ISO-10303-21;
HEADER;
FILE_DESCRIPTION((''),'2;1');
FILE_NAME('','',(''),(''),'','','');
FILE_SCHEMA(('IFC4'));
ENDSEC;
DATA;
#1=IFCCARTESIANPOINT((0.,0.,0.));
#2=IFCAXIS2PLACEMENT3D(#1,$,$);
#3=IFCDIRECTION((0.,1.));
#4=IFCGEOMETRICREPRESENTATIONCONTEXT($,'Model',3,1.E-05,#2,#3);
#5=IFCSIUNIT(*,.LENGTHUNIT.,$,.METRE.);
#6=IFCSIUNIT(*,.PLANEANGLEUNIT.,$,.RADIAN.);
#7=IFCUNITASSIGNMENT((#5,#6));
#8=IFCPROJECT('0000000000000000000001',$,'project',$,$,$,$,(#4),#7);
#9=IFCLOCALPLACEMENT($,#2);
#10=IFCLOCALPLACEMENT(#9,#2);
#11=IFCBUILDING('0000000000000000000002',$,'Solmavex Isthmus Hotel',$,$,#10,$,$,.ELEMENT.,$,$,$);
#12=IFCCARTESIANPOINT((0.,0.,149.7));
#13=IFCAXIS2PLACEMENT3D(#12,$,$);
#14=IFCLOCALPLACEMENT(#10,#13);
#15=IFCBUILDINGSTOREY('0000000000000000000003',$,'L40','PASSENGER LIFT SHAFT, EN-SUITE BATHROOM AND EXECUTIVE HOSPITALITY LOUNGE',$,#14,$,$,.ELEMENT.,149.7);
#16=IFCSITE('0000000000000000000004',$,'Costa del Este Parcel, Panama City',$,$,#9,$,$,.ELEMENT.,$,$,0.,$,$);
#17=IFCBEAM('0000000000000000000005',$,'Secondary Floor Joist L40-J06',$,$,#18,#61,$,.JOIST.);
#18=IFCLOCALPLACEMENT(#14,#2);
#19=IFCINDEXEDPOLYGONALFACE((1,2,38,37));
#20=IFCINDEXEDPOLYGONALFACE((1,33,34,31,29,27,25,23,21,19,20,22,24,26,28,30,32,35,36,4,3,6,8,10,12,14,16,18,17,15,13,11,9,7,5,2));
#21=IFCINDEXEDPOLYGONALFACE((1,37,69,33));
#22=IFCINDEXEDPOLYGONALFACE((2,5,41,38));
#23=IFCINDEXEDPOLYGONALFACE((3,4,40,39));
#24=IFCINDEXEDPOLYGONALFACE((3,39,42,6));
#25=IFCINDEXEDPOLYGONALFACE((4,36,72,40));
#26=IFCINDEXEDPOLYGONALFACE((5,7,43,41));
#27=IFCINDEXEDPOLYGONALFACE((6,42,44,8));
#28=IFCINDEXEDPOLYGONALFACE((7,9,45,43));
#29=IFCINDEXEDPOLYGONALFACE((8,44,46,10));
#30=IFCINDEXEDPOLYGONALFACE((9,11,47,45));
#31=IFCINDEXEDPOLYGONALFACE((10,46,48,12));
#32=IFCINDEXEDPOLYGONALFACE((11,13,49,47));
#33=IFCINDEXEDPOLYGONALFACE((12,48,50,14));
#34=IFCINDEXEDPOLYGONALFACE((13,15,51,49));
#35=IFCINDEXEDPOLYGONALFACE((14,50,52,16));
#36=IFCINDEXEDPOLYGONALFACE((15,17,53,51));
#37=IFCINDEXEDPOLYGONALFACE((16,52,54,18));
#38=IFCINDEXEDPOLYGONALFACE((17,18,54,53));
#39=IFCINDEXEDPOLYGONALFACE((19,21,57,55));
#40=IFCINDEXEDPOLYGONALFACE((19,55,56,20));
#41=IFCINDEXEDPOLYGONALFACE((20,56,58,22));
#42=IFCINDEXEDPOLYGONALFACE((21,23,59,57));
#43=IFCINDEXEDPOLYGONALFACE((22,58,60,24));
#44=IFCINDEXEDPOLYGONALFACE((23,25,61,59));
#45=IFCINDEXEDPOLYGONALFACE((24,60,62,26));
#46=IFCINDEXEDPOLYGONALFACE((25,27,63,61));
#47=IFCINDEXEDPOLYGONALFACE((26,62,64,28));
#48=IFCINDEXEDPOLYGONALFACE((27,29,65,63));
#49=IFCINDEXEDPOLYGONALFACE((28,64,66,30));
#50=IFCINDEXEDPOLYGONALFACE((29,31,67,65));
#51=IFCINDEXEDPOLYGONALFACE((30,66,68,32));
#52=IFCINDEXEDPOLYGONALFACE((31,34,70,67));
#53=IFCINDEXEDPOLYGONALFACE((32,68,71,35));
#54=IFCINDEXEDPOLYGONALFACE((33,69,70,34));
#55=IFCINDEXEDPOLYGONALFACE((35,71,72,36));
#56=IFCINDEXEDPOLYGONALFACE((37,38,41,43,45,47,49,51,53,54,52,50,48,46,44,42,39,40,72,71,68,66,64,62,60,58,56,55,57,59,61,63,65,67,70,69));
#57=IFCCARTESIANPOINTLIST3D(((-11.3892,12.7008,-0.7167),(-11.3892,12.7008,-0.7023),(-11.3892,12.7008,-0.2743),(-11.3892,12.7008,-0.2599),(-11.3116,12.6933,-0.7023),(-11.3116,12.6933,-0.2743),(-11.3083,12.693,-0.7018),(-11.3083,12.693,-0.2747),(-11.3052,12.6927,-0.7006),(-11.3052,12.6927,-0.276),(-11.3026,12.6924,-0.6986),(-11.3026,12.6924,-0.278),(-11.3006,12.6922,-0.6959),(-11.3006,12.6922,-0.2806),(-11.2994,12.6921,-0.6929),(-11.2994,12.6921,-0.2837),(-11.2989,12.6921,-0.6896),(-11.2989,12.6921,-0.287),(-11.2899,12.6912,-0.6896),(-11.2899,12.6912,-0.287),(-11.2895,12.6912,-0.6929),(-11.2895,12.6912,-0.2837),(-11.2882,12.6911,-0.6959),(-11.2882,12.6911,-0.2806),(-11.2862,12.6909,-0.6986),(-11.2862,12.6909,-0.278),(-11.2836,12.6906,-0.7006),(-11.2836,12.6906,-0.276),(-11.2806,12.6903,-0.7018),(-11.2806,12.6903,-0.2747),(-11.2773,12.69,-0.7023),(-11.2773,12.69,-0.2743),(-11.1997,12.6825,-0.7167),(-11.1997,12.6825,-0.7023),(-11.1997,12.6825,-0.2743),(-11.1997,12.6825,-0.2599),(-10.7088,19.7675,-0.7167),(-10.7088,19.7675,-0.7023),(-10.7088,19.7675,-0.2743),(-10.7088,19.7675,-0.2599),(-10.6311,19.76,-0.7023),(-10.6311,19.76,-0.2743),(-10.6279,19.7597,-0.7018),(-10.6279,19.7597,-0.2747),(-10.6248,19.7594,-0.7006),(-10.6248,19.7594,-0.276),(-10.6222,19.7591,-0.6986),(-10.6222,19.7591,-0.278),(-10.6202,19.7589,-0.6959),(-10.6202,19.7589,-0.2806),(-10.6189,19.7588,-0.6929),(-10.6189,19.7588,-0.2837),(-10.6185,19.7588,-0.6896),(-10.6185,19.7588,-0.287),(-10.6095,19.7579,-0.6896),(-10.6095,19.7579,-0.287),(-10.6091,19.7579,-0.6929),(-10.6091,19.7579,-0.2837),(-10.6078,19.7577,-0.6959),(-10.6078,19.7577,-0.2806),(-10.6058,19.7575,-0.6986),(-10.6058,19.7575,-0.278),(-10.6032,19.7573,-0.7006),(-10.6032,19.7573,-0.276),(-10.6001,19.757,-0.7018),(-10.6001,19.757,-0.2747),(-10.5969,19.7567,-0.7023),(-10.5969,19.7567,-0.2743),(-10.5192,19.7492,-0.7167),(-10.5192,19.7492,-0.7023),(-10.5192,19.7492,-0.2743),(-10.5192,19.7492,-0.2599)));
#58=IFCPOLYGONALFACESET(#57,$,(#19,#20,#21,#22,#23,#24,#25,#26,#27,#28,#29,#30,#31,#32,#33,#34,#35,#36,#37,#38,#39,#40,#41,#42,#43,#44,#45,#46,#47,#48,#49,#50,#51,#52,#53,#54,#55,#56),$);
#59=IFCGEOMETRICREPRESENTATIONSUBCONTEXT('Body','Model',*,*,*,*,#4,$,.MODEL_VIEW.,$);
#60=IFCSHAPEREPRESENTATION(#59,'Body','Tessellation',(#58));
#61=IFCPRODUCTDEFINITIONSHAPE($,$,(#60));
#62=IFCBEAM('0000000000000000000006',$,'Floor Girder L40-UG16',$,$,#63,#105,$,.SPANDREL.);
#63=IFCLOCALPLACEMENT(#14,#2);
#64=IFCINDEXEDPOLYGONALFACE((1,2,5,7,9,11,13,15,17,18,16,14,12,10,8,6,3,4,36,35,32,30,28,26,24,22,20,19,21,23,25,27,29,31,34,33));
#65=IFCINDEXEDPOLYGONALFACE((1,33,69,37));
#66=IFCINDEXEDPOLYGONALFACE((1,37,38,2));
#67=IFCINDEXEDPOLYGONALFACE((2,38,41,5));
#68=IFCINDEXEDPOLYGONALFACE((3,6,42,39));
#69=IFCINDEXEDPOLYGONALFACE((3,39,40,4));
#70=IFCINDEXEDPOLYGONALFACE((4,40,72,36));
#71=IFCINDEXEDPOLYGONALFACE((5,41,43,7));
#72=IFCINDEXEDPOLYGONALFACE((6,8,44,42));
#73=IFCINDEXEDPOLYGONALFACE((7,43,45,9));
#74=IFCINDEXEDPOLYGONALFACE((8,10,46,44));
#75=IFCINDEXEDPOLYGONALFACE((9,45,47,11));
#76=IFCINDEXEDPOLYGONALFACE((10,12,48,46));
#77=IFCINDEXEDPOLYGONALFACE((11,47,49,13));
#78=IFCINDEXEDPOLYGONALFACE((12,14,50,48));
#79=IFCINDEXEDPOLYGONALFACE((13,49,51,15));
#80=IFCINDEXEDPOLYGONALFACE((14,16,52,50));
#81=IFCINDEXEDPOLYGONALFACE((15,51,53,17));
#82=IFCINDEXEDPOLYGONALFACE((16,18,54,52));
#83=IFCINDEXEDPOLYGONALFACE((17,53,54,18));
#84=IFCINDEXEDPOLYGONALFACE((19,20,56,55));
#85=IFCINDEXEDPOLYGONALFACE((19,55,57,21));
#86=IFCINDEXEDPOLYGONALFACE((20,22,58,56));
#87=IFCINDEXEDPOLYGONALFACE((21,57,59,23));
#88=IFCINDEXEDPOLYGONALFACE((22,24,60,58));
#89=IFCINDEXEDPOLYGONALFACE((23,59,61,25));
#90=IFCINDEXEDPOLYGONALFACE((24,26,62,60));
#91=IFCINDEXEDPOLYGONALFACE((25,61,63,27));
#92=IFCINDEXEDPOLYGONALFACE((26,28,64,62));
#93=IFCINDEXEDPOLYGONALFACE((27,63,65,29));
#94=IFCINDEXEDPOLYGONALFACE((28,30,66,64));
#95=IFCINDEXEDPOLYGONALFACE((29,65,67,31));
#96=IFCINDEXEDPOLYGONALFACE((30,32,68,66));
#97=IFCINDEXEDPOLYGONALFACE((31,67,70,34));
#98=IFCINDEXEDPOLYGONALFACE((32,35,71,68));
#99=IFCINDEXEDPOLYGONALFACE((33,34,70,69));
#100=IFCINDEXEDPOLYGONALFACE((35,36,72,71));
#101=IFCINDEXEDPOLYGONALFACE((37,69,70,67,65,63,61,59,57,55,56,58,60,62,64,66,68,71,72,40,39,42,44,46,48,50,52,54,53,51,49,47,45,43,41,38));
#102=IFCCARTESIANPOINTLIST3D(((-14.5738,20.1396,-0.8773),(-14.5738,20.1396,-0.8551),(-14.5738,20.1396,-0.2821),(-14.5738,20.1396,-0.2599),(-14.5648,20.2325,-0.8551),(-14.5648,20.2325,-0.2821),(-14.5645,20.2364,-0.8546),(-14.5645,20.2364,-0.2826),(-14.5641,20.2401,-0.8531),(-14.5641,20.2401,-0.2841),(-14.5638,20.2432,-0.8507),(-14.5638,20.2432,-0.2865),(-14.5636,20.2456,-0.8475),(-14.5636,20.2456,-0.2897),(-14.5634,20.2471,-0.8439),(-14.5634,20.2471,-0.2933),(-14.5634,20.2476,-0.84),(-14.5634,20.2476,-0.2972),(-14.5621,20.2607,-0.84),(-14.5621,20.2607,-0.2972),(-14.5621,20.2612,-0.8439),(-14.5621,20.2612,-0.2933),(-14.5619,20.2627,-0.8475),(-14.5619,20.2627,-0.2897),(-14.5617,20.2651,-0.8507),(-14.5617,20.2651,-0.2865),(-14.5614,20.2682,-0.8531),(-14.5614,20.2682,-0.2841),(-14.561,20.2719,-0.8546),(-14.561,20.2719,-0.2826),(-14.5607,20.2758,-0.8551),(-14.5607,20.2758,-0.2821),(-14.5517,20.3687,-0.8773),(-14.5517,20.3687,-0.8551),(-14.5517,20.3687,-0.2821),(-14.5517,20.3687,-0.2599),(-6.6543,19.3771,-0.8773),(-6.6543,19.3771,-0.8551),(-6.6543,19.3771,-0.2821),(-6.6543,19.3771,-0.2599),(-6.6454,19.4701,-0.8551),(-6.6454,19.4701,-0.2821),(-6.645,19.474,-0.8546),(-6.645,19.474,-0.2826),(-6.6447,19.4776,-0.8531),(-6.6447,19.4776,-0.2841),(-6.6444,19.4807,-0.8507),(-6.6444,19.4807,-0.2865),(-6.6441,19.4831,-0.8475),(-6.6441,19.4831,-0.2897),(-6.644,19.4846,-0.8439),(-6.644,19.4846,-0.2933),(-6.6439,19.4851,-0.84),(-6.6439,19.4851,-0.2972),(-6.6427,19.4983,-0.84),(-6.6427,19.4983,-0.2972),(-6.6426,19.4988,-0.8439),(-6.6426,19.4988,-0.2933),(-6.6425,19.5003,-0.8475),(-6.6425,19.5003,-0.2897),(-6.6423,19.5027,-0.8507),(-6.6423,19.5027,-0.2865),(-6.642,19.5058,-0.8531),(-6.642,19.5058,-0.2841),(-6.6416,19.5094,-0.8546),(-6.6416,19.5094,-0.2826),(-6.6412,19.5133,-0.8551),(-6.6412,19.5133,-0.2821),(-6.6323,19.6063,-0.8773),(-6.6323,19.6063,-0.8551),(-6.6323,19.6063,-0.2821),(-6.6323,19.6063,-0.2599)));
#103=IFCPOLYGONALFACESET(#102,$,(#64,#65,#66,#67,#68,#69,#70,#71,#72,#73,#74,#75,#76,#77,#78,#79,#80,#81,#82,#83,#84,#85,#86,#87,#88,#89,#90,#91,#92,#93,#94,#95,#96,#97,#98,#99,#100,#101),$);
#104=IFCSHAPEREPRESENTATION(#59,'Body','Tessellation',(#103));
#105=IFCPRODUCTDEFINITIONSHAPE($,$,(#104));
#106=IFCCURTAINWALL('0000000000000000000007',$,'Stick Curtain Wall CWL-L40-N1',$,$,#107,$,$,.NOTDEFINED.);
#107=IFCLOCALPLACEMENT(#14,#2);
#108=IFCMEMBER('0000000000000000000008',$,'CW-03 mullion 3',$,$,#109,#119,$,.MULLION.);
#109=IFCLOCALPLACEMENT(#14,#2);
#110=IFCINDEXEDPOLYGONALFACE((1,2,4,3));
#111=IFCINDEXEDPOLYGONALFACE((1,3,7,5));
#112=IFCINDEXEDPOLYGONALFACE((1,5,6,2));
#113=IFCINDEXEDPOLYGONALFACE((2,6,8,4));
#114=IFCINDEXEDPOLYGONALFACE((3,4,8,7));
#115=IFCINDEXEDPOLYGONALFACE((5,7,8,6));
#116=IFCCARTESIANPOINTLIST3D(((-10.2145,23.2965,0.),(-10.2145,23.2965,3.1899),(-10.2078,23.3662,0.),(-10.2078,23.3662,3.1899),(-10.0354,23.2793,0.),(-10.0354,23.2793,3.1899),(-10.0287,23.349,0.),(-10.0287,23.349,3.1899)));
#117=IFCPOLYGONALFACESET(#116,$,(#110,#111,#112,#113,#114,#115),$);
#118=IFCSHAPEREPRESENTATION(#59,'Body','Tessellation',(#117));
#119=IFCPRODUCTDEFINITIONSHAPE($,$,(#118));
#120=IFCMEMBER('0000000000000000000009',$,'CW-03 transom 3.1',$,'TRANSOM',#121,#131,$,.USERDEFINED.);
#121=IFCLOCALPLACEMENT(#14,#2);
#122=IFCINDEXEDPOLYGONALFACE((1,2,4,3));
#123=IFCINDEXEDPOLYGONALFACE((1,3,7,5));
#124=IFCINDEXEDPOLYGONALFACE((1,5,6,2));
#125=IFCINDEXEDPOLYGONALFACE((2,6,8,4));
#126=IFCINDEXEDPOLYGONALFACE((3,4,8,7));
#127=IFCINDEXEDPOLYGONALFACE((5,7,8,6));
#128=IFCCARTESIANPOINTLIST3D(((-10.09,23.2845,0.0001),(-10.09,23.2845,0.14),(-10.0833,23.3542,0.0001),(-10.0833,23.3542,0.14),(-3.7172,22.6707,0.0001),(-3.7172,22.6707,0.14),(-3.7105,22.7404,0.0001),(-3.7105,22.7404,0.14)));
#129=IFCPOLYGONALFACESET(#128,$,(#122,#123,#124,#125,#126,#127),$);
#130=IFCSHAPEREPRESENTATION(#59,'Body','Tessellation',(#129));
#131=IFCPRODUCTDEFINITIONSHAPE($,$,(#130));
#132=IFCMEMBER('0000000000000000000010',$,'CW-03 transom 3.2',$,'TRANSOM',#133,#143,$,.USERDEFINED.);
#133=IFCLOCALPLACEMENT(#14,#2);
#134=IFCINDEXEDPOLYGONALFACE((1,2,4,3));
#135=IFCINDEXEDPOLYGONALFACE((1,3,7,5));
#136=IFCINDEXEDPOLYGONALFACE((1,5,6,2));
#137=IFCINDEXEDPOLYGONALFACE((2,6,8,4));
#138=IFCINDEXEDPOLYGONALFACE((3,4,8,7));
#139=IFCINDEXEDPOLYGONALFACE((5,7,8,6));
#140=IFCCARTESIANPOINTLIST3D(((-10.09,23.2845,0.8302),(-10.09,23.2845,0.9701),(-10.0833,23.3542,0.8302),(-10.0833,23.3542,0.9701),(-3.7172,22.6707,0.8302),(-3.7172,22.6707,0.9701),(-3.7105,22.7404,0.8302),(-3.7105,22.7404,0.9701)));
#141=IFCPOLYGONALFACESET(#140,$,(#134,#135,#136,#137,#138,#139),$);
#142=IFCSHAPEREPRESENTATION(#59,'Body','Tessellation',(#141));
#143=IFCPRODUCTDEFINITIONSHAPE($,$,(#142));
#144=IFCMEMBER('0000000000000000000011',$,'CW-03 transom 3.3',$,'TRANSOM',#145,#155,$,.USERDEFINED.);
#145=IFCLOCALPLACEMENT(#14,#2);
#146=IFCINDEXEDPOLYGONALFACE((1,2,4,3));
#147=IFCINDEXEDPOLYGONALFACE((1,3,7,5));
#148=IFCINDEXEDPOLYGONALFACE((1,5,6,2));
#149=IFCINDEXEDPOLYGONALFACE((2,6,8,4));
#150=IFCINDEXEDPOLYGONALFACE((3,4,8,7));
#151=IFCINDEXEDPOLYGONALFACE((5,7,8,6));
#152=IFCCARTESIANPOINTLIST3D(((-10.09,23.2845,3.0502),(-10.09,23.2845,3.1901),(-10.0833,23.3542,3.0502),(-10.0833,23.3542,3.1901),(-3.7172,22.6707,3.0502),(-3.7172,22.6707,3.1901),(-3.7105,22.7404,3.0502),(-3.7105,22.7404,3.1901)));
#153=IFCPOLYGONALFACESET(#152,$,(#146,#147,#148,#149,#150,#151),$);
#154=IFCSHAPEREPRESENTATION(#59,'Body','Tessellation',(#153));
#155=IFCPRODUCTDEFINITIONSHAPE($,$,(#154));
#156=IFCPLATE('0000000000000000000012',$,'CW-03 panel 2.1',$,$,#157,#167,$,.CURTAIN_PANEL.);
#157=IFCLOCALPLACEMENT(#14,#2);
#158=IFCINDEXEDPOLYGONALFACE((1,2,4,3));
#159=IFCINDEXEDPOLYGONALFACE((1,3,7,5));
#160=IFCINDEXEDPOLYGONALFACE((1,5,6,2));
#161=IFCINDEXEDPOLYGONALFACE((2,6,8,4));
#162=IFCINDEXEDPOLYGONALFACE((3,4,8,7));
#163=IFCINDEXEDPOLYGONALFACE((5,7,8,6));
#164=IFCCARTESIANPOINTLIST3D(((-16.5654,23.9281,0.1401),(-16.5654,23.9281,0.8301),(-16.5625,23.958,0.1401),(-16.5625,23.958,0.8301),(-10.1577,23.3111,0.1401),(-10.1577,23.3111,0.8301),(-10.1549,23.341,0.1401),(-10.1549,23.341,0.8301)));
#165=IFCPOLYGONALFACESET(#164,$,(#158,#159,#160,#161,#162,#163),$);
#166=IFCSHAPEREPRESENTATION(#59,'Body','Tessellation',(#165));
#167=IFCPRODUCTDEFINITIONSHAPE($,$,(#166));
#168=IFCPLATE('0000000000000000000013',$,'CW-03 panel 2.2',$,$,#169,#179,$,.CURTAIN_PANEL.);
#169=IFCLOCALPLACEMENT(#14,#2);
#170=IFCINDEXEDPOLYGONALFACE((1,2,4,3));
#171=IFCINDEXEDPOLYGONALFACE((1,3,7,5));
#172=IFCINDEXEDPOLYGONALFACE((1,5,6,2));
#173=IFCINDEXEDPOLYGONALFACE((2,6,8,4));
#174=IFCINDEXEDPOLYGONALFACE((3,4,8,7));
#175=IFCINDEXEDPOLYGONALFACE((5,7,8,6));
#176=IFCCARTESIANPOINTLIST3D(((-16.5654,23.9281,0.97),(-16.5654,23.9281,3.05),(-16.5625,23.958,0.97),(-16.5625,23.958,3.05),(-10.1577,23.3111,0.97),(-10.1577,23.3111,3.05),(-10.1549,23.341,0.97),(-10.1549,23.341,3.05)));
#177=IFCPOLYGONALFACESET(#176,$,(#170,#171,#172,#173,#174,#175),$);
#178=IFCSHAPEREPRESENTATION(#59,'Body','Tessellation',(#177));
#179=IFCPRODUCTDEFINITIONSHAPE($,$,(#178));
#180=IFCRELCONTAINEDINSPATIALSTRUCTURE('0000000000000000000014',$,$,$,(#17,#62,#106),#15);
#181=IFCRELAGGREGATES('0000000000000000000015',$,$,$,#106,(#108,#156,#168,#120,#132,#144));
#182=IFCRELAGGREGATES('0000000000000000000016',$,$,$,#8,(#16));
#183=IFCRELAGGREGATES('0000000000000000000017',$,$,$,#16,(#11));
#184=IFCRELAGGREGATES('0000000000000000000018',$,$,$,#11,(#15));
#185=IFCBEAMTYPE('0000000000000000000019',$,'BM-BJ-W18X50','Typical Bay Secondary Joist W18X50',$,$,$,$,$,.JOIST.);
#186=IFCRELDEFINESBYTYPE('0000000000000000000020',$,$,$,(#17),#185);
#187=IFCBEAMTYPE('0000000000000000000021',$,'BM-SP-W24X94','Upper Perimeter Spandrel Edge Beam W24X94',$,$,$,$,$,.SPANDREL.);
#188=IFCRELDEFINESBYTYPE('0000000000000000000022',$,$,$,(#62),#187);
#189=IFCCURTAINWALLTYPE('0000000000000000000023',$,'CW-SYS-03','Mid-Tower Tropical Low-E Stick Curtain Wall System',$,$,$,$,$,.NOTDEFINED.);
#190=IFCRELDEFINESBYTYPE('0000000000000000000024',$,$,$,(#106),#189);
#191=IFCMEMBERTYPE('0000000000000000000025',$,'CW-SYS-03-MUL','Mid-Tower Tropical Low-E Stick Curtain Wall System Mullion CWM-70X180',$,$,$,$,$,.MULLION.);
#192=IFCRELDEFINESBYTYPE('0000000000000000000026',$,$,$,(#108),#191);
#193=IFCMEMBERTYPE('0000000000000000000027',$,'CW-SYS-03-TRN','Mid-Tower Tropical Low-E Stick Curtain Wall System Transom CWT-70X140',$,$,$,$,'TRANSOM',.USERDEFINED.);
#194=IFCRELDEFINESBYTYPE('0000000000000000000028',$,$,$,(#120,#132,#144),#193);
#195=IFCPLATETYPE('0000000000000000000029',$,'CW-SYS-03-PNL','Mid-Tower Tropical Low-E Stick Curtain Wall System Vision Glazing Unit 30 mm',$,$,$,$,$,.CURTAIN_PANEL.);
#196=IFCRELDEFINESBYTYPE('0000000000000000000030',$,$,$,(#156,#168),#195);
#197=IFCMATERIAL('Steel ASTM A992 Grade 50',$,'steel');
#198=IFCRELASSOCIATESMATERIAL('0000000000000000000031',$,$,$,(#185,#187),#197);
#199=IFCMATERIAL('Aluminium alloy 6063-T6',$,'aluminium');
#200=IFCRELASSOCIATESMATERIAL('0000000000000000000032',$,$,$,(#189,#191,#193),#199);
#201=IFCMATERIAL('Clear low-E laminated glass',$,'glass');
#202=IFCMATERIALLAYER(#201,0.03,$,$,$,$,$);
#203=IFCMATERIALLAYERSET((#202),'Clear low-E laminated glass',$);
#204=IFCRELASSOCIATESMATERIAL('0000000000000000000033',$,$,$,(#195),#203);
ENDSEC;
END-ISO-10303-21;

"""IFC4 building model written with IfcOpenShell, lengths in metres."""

from ifc_helpers import new_model, si_unit, direction, frame, origin, origin_2d, place, context, subcontext, project, spatial, rectangle, i_section, extrude, material, layer, layer_set, material_profile, profile_set, type_object, element, aggregate, save


model = new_model("IFC4")

# Units and contexts
model_context = context("Model", 3, precision=1e-05, world=origin(), true_north=direction((0.0, 1.0)))
body_context = subcontext(model_context, "Body", "Model", "MODEL_VIEW")
ifc_project = project(units=[si_unit("LENGTHUNIT", "METRE"), si_unit("PLANEANGLEUNIT", "RADIAN")], contexts=[model_context])

# Site, building, storey
site_placement = place(None, origin())
site = spatial("IfcSite", under=ifc_project, at=site_placement, Name="Costa del Este Parcel, Panama City", CompositionType="ELEMENT", RefElevation=0.0)
building_placement = place(site_placement, origin())
building = spatial("IfcBuilding", under=site, at=building_placement, Name="Solmavex Isthmus Hotel", CompositionType="ELEMENT")
storey_placement = place(building_placement, frame((0.0, 0.0, 149.7)))
storey = spatial("IfcBuildingStorey", under=building, at=storey_placement, Name="L40", Description="PASSENGER LIFT SHAFT, EN-SUITE BATHROOM AND EXECUTIVE HOSPITALITY LOUNGE", CompositionType="ELEMENT", Elevation=149.7)

# Beams
ifc_material_1 = material(Name="Steel ASTM A992 Grade 50", Category="steel")
ifc_material_profile_1 = material_profile(ifc_material_1, i_section(OverallWidth=0.1904, OverallDepth=0.4568, WebThickness=0.009, FlangeThickness=0.0144, FilletRadius=0.0127, at=origin_2d()), Name="W18X50")
ifc_profile_set_1 = profile_set([ifc_material_profile_1], Name="Steel ASTM A992 Grade 50")
beam_type_1 = type_object("IfcBeamType", Name="BM-BJ-W18X50", Description="Typical Bay Secondary Joist W18X50", PredefinedType="JOIST", material=ifc_profile_set_1)
beam_1_placement = place(storey_placement, frame((-11.2944, 12.6917, -0.4883), z_axis=(0.095843, 0.995396, 0.0), x_axis=(-0.995396, 0.095843, 0.0)))
element("IfcBeam", 1, at=beam_1_placement, inside=storey, type_object=beam_type_1, Name="Secondary Floor Joist L40-J06", PredefinedType="JOIST", context=body_context, shape_type="SweptSolid", body=[
    extrude(i_section(OverallWidth=0.1904, OverallDepth=0.4568, WebThickness=0.009, FlangeThickness=0.0144, FilletRadius=0.0127, at=origin_2d()), origin(), (0.0, 0.0, 1.0), 7.0994),
])
ifc_material_profile_2 = material_profile(ifc_material_1, i_section(OverallWidth=0.2302, OverallDepth=0.6174, WebThickness=0.0132, FlangeThickness=0.0222, FilletRadius=0.0151, at=origin_2d()), Name="W24X94")
ifc_profile_set_2 = profile_set([ifc_material_profile_2], Name="Steel ASTM A992 Grade 50")
beam_type_2 = type_object("IfcBeamType", Name="BM-SP-W24X94", Description="Upper Perimeter Spandrel Edge Beam W24X94", PredefinedType="SPANDREL", material=ifc_profile_set_2)
beam_2_placement = place(storey_placement, frame((-14.5627, 20.2542, -0.5686), z_axis=(0.995397, -0.095833, 0.0), x_axis=(0.095833, 0.995397, 0.0)))
element("IfcBeam", 2, at=beam_2_placement, inside=storey, type_object=beam_type_2, Name="Floor Girder L40-UG16", PredefinedType="SPANDREL", context=body_context, shape_type="SweptSolid", body=[
    extrude(i_section(OverallWidth=0.2302, OverallDepth=0.6174, WebThickness=0.0132, FlangeThickness=0.0222, FilletRadius=0.0151, at=origin_2d()), origin(), (0.0, 0.0, 1.0), 7.9561),
])

# Curtain wall, members, plates
ifc_material_2 = material(Name="Aluminium alloy 6063-T6", Category="aluminium")
curtain_wall_type = type_object("IfcCurtainWallType", Name="CW-SYS-03", Description="Mid-Tower Tropical Low-E Stick Curtain Wall System", PredefinedType="NOTDEFINED", material=ifc_material_2)
curtain_wall_placement = place(storey_placement, origin())
curtain_wall = element("IfcCurtainWall", 3, at=curtain_wall_placement, inside=storey, type_object=curtain_wall_type, Name="Stick Curtain Wall CWL-L40-N1", PredefinedType="NOTDEFINED")
ifc_material_profile_3 = material_profile(ifc_material_2, rectangle(XDim=0.0701, YDim=0.1799, at=origin_2d()), Name="CWM-70X180")
ifc_profile_set_3 = profile_set([ifc_material_profile_3], Name="Aluminium alloy 6063-T6")
member_type_1 = type_object("IfcMemberType", Name="CW-SYS-03-MUL", Description="Mid-Tower Tropical Low-E Stick Curtain Wall System Mullion CWM-70X180", PredefinedType="MULLION", material=ifc_profile_set_3)
member_1_placement = place(storey_placement, frame((-10.1216, 23.3228, 0.0), z_axis=(0.0, 0.0, 1.0), x_axis=(0.095846, 0.995396, 0.0)))
member_1 = element("IfcMember", 4, at=member_1_placement, type_object=member_type_1, Name="CW-03 mullion 3", PredefinedType="MULLION", context=body_context, shape_type="SweptSolid", body=[
    extrude(rectangle(XDim=0.0701, YDim=0.1799, at=origin_2d()), origin(), (0.0, 0.0, 1.0), 3.1899),
])
ifc_material_profile_4 = material_profile(ifc_material_2, rectangle(XDim=0.0701, YDim=0.1399, at=origin_2d()), Name="CWT-70X140")
ifc_profile_set_4 = profile_set([ifc_material_profile_4], Name="Aluminium alloy 6063-T6")
member_type_2 = type_object("IfcMemberType", Name="CW-SYS-03-TRN", Description="Mid-Tower Tropical Low-E Stick Curtain Wall System Transom CWT-70X140", ElementType="TRANSOM", PredefinedType="USERDEFINED", material=ifc_profile_set_4)
member_2_placement = place(storey_placement, frame((-10.0867, 23.3193, 0.0701), z_axis=(0.995394, -0.095867, 0.0), x_axis=(0.095867, 0.995394, 0.0)))
member_2 = element("IfcMember", 5, at=member_2_placement, type_object=member_type_2, Name="CW-03 transom 3.1", ObjectType="TRANSOM", PredefinedType="USERDEFINED", context=body_context, shape_type="SweptSolid", body=[
    extrude(rectangle(XDim=0.0701, YDim=0.1399, at=origin_2d()), origin(), (0.0, 0.0, 1.0), 6.4023),
])
member_3_placement = place(storey_placement, frame((-10.0867, 23.3193, 0.9001), z_axis=(0.995394, -0.095867, 0.0), x_axis=(0.095867, 0.995394, 0.0)))
member_3 = element("IfcMember", 6, at=member_3_placement, type_object=member_type_2, Name="CW-03 transom 3.2", ObjectType="TRANSOM", PredefinedType="USERDEFINED", context=body_context, shape_type="SweptSolid", body=[
    extrude(rectangle(XDim=0.0701, YDim=0.1399, at=origin_2d()), origin(), (0.0, 0.0, 1.0), 6.4023),
])
member_4_placement = place(storey_placement, frame((-10.0867, 23.3193, 3.1201), z_axis=(0.995394, -0.095867, 0.0), x_axis=(0.095867, 0.995394, 0.0)))
member_4 = element("IfcMember", 7, at=member_4_placement, type_object=member_type_2, Name="CW-03 transom 3.3", ObjectType="TRANSOM", PredefinedType="USERDEFINED", context=body_context, shape_type="SweptSolid", body=[
    extrude(rectangle(XDim=0.0701, YDim=0.1399, at=origin_2d()), origin(), (0.0, 0.0, 1.0), 6.4023),
])
ifc_material_3 = material(Name="Clear low-E laminated glass", Category="glass")
ifc_layer_1 = layer(ifc_material_3, 0.03)
ifc_layer_set_1 = layer_set([ifc_layer_1], Name="Clear low-E laminated glass")
plate_type = type_object("IfcPlateType", Name="CW-SYS-03-PNL", Description="Mid-Tower Tropical Low-E Stick Curtain Wall System Vision Glazing Unit 30 mm", PredefinedType="CURTAIN_PANEL", material=ifc_layer_set_1)
plate_1_placement = place(storey_placement, frame((-13.3601, 23.6345, 0.1401), z_axis=(0.0, 0.0, 1.0), x_axis=(0.995396, -0.095846, 0.0)))
plate_1 = element("IfcPlate", 8, at=plate_1_placement, type_object=plate_type, Name="CW-03 panel 2.1", PredefinedType="CURTAIN_PANEL", context=body_context, shape_type="SweptSolid", body=[
    extrude(rectangle(XDim=6.4373, YDim=0.03, at=origin_2d()), origin(), (0.0, 0.0, 1.0), 0.6899),
])
plate_2_placement = place(storey_placement, frame((-13.3601, 23.6345, 0.97), z_axis=(0.0, 0.0, 1.0), x_axis=(0.995396, -0.095846, 0.0)))
plate_2 = element("IfcPlate", 9, at=plate_2_placement, type_object=plate_type, Name="CW-03 panel 2.2", PredefinedType="CURTAIN_PANEL", context=body_context, shape_type="SweptSolid", body=[
    extrude(rectangle(XDim=6.4373, YDim=0.03, at=origin_2d()), origin(), (0.0, 0.0, 1.0), 2.0801),
])
aggregate(curtain_wall, [member_1, plate_1, plate_2, member_2, member_3, member_4])

save(model, "model.ifc")
